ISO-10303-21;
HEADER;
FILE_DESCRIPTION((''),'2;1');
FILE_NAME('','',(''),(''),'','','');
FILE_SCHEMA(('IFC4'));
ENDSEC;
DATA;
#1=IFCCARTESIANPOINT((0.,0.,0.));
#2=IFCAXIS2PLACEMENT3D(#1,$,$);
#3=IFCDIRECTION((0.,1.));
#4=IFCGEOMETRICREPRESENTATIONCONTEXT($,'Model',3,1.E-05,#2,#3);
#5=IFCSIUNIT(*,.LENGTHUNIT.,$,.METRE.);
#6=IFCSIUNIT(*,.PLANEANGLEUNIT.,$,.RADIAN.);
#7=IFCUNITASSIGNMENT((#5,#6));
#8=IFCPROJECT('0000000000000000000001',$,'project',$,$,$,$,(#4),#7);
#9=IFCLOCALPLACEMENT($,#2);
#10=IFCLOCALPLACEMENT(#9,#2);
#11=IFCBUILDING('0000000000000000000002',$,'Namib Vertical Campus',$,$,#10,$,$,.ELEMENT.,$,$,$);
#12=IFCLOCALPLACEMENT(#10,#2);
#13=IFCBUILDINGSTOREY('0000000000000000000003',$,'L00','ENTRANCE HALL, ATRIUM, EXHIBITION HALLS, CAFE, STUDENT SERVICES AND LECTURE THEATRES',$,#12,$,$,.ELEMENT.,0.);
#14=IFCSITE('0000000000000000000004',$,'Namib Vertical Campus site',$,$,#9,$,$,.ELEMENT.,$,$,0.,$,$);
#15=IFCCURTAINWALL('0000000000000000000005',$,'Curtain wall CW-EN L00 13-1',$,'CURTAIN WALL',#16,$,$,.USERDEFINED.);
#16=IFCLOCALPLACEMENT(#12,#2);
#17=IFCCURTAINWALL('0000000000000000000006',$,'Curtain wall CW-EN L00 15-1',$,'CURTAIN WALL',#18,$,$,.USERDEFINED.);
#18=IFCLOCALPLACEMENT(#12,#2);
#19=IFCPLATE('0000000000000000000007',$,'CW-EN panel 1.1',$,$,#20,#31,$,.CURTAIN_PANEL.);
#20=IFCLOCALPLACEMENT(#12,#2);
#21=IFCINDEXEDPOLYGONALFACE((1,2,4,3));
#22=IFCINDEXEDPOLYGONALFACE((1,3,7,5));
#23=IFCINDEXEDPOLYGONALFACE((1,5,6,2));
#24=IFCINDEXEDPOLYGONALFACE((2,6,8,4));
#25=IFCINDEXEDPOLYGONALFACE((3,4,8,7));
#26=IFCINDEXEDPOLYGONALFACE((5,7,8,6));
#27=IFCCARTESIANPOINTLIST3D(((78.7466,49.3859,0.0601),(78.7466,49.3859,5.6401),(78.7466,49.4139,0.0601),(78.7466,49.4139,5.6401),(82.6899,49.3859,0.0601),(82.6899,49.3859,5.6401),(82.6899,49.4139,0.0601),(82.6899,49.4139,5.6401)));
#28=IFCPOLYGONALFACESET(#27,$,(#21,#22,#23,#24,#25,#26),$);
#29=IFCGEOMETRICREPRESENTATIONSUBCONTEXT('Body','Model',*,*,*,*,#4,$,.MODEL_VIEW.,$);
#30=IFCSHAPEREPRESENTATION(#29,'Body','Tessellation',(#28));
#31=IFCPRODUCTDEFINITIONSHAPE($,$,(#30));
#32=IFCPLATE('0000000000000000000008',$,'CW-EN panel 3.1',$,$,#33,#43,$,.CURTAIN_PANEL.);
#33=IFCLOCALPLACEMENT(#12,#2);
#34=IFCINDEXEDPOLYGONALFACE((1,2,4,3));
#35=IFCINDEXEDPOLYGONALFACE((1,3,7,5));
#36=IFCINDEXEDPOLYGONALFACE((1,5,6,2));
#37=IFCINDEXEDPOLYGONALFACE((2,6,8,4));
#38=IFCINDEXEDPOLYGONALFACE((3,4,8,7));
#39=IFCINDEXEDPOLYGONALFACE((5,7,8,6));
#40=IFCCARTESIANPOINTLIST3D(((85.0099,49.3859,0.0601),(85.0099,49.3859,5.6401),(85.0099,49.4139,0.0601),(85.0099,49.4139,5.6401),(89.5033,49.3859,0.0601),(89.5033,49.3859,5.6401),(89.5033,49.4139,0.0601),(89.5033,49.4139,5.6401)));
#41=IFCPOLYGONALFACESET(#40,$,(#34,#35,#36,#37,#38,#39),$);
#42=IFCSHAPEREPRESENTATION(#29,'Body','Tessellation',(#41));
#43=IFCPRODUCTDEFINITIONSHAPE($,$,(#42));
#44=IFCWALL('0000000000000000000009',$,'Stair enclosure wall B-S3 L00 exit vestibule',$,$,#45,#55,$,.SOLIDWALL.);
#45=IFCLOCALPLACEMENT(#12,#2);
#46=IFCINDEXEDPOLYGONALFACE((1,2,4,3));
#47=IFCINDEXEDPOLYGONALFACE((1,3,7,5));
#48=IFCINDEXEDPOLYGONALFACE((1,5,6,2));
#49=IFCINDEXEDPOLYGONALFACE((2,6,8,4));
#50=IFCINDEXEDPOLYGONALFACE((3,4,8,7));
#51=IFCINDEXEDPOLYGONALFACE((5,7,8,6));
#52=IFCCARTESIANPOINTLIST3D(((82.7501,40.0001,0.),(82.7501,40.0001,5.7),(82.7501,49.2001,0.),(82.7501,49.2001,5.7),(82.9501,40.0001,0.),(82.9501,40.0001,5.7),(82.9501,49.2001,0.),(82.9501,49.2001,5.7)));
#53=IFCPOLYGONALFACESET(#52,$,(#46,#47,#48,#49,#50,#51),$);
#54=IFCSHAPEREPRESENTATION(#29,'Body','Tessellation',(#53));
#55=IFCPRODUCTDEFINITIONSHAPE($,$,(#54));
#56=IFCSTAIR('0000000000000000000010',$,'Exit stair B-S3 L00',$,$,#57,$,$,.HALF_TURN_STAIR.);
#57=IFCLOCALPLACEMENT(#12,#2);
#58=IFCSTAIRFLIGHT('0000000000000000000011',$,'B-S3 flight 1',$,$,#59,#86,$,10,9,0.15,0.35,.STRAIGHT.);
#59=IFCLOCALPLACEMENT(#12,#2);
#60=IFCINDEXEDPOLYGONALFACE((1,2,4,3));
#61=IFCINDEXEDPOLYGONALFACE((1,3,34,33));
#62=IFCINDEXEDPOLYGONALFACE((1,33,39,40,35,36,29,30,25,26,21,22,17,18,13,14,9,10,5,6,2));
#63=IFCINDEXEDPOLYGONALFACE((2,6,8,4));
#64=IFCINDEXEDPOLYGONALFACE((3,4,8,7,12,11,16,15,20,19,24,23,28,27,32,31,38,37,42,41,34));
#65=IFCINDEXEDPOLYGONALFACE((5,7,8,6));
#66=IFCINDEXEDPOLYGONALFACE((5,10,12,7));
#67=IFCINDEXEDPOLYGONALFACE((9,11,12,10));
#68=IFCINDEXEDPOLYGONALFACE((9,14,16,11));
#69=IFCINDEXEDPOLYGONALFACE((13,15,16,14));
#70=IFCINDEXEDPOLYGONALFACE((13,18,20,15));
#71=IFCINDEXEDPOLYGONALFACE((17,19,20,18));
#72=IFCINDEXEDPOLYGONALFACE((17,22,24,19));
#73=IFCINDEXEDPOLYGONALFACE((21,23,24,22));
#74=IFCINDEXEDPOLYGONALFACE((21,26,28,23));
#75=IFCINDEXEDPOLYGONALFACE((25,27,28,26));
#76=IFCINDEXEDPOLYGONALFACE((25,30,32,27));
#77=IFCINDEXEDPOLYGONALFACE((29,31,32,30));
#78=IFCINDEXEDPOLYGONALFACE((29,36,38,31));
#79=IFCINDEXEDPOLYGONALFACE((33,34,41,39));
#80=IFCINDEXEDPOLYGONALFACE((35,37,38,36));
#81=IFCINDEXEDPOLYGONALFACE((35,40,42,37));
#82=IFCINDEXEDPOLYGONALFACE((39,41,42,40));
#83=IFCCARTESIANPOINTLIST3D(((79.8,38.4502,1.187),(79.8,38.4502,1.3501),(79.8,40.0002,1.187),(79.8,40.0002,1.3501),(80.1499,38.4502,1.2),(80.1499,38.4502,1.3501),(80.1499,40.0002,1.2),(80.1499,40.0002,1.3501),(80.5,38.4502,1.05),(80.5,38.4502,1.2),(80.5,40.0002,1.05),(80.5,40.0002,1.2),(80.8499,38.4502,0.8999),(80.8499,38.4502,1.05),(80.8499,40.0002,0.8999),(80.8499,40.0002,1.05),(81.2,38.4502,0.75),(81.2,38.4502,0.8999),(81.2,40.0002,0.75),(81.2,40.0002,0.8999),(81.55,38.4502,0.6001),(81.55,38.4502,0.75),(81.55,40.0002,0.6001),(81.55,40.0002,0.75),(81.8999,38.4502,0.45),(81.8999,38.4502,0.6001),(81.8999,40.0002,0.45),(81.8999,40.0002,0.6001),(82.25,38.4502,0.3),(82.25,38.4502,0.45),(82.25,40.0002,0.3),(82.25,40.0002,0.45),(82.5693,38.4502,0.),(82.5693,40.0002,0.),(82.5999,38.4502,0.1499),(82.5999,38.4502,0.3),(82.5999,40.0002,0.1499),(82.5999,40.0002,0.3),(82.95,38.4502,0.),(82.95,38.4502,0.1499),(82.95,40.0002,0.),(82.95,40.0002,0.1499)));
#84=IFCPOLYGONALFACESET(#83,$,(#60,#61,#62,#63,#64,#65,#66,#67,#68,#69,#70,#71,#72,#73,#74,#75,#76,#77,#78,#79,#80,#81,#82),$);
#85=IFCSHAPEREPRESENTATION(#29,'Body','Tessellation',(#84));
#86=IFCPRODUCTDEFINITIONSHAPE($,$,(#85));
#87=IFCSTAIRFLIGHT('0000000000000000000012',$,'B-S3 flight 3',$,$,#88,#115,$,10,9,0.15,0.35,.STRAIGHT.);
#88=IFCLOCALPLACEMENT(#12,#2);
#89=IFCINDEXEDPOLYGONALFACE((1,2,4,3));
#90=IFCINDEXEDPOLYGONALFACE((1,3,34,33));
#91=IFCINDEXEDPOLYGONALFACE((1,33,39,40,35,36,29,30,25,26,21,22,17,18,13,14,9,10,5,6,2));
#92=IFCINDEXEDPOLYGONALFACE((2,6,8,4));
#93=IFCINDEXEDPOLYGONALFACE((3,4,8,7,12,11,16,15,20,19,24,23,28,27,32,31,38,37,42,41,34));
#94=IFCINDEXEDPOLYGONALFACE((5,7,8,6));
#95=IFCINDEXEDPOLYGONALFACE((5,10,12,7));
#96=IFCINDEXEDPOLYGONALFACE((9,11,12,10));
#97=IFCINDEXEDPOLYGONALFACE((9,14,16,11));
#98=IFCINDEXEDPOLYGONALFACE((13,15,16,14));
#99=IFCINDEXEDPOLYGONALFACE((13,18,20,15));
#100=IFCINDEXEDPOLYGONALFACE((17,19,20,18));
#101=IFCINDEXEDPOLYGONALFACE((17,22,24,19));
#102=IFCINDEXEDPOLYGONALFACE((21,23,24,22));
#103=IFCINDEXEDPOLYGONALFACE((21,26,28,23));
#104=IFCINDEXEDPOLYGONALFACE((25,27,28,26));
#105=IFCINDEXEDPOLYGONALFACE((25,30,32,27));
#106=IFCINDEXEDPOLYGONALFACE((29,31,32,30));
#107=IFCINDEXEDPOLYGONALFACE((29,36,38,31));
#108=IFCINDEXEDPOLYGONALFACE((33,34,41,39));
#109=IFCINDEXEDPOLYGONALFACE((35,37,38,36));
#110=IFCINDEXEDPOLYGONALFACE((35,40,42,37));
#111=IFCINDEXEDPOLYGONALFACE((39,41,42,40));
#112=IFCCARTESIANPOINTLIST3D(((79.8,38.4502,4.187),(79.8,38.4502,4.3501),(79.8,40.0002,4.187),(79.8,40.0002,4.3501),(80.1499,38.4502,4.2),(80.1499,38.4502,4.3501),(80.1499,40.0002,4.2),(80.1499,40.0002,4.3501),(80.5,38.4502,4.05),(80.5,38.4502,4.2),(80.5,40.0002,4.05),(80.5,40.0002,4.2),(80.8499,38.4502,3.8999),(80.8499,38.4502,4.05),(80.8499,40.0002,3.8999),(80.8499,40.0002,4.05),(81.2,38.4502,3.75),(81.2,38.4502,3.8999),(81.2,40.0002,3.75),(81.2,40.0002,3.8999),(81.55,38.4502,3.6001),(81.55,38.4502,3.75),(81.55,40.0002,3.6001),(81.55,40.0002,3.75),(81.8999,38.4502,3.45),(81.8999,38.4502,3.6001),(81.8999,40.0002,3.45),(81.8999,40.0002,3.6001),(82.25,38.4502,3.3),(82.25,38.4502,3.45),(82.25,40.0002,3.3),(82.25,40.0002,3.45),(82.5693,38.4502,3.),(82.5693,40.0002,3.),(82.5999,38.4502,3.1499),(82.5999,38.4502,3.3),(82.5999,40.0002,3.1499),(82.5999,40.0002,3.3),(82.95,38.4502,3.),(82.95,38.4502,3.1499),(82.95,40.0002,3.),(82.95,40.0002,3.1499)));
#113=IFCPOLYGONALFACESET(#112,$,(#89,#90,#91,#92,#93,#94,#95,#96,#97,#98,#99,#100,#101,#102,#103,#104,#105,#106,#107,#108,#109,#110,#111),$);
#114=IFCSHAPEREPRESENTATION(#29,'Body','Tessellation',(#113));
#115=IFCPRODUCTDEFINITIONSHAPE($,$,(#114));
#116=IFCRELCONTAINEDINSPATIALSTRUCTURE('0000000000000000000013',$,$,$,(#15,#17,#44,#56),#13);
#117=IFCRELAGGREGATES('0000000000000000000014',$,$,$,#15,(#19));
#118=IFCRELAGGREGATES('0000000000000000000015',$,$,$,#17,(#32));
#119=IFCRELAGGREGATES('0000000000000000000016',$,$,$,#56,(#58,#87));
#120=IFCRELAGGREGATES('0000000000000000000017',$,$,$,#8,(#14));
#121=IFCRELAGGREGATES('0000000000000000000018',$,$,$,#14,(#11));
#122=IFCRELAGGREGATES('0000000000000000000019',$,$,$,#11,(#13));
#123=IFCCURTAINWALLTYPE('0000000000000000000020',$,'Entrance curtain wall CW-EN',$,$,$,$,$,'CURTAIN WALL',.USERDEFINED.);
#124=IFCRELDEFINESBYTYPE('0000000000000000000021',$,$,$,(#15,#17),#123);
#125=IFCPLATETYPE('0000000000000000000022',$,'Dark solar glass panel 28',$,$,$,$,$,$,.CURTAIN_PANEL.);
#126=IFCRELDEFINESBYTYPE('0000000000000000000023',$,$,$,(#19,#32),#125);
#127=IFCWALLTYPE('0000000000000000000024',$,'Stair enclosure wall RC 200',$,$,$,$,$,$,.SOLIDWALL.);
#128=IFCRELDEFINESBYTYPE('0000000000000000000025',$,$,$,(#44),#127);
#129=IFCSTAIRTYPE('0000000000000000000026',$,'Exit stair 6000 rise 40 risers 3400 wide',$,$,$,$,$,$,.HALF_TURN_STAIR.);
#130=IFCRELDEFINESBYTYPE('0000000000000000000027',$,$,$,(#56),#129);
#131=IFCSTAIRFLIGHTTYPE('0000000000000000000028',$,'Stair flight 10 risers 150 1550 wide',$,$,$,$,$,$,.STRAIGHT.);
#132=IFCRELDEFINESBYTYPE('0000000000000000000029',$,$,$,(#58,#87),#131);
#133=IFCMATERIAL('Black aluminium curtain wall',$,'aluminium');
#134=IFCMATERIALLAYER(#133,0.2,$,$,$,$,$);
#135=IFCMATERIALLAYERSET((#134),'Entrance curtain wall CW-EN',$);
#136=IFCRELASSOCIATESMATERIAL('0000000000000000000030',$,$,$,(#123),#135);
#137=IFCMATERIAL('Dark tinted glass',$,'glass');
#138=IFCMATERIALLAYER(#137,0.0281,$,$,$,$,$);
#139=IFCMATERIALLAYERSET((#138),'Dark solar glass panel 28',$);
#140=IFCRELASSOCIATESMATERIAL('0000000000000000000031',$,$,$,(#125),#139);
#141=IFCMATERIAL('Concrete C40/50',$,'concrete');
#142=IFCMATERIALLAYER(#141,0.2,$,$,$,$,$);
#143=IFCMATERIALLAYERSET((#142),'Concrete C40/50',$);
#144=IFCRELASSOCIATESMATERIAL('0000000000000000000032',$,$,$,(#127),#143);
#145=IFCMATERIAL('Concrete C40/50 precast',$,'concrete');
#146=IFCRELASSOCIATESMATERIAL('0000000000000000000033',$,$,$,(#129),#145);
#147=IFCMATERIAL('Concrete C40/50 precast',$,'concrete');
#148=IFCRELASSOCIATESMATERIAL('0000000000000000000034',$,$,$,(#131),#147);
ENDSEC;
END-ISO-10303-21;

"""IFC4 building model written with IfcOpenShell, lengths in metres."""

from ifc_helpers import new_model, si_unit, direction, frame, frame_2d, origin, origin_2d, place, context, subcontext, project, spatial, polyline, rectangle, outline, extrude, material, layer, layer_set, type_object, element, aggregate, save


model = new_model("IFC4")

# Units and contexts
model_context = context("Model", 3, precision=1e-05, world=origin(), true_north=direction((0.0, 1.0)))
body_context = subcontext(model_context, "Body", "Model", "MODEL_VIEW")
ifc_project = project(units=[si_unit("LENGTHUNIT", "METRE"), si_unit("PLANEANGLEUNIT", "RADIAN")], contexts=[model_context])

# Site, building, storey
site_placement = place(None, origin())
site = spatial("IfcSite", under=ifc_project, at=site_placement, Name="Namib Vertical Campus site", CompositionType="ELEMENT", RefElevation=0.0)
building_placement = place(site_placement, origin())
building = spatial("IfcBuilding", under=site, at=building_placement, Name="Namib Vertical Campus", CompositionType="ELEMENT")
storey_placement = place(building_placement, origin())
storey = spatial("IfcBuildingStorey", under=building, at=storey_placement, Name="L00", Description="ENTRANCE HALL, ATRIUM, EXHIBITION HALLS, CAFE, STUDENT SERVICES AND LECTURE THEATRES", CompositionType="ELEMENT", Elevation=0.0)

# Curtain wall
ifc_material_1 = material(Name="Black aluminium curtain wall", Category="aluminium")
ifc_layer_1 = layer(ifc_material_1, 0.2)
ifc_layer_set_1 = layer_set([ifc_layer_1], Name="Entrance curtain wall CW-EN")
curtain_wall_type = type_object("IfcCurtainWallType", Name="Entrance curtain wall CW-EN", ElementType="CURTAIN WALL", PredefinedType="USERDEFINED", material=ifc_layer_set_1)
curtain_wall_1_placement = place(storey_placement, origin())
curtain_wall_1 = element("IfcCurtainWall", 1, at=curtain_wall_1_placement, inside=storey, type_object=curtain_wall_type, Name="Curtain wall CW-EN L00 13-1", ObjectType="CURTAIN WALL", PredefinedType="USERDEFINED")

# Curtain wall
curtain_wall_2_placement = place(storey_placement, origin())
curtain_wall_2 = element("IfcCurtainWall", 2, at=curtain_wall_2_placement, inside=storey, type_object=curtain_wall_type, Name="Curtain wall CW-EN L00 15-1", ObjectType="CURTAIN WALL", PredefinedType="USERDEFINED")

# Plates
ifc_material_2 = material(Name="Dark tinted glass", Category="glass")
ifc_layer_2 = layer(ifc_material_2, 0.0281)
ifc_layer_set_2 = layer_set([ifc_layer_2], Name="Dark solar glass panel 28")
plate_type = type_object("IfcPlateType", Name="Dark solar glass panel 28", PredefinedType="CURTAIN_PANEL", material=ifc_layer_set_2)
plate_1_placement = place(storey_placement, frame((80.7183, 49.3999, 0.0601), z_axis=(0.0, 0.0, 1.0), x_axis=(-1.0, 0.0, 0.0)))
plate_1 = element("IfcPlate", 3, at=plate_1_placement, type_object=plate_type, Name="CW-EN panel 1.1", PredefinedType="CURTAIN_PANEL", context=body_context, shape_type="SweptSolid", body=[
    extrude(rectangle(XDim=3.9434, YDim=0.0281, at=origin_2d()), origin(), (0.0, 0.0, 1.0), 5.5801),
])
aggregate(curtain_wall_1, [plate_1])
plate_2_placement = place(storey_placement, frame((87.2566, 49.3999, 0.0601), z_axis=(0.0, 0.0, 1.0), x_axis=(-1.0, 0.0, 0.0)))
plate_2 = element("IfcPlate", 4, at=plate_2_placement, type_object=plate_type, Name="CW-EN panel 3.1", PredefinedType="CURTAIN_PANEL", context=body_context, shape_type="SweptSolid", body=[
    extrude(rectangle(XDim=4.4934, YDim=0.0281, at=origin_2d()), origin(), (0.0, 0.0, 1.0), 5.5801),
])
aggregate(curtain_wall_2, [plate_2])

# Wall
ifc_material_3 = material(Name="Concrete C40/50", Category="concrete")
ifc_layer_3 = layer(ifc_material_3, 0.2)
ifc_layer_set_3 = layer_set([ifc_layer_3], Name="Concrete C40/50")
wall_type_1 = type_object("IfcWallType", Name="Stair enclosure wall RC 200", PredefinedType="SOLIDWALL", material=ifc_layer_set_3)
wall_1_placement = place(storey_placement, frame((82.8501, 40.0, 0.0), z_axis=(0.0, 0.0, 1.0), x_axis=(0.0, 1.0, 0.0)))
element("IfcWall", 5, at=wall_1_placement, inside=storey, type_object=wall_type_1, Name="Stair enclosure wall B-S3 L00 exit vestibule", PredefinedType="SOLIDWALL", context=body_context, shape_type="SweptSolid", body=[
    extrude(rectangle(XDim=9.2, YDim=0.2, at=frame_2d((4.6001, 0.0))), origin(), (0.0, 0.0, 1.0), 5.7),
])

# Stair, stair flights
ifc_material_4 = material(Name="Concrete C40/50 precast", Category="concrete")
stair_type = type_object("IfcStairType", Name="Exit stair 6000 rise 40 risers 3400 wide", PredefinedType="HALF_TURN_STAIR", material=ifc_material_4)
stair_placement = place(storey_placement, origin())
stair = element("IfcStair", 6, at=stair_placement, inside=storey, type_object=stair_type, Name="Exit stair B-S3 L00", PredefinedType="HALF_TURN_STAIR")
ifc_material_5 = material(Name="Concrete C40/50 precast", Category="concrete")
stair_flight_type = type_object("IfcStairFlightType", Name="Stair flight 10 risers 150 1550 wide", PredefinedType="STRAIGHT", material=ifc_material_5)
stair_flight_1_placement = place(storey_placement, frame((82.95, 39.2251, 0.0), z_axis=(0.0, 0.0, 1.0), x_axis=(-1.0, 0.0, 0.0)))
stair_flight_1 = element("IfcStairFlight", 7, at=stair_flight_1_placement, type_object=stair_flight_type, Name="B-S3 flight 1", NumberOfRisers=10, NumberOfTreads=9, PredefinedType="STRAIGHT", RiserHeight=0.15, TreadLength=0.35, context=body_context, shape_type="SweptSolid", body=[
    extrude(outline(polyline([(0.0, 0.0), (0.0, 0.1499), (0.3501, 0.1499), (0.3501, 0.3), (0.7, 0.3), (0.7, 0.45), (1.05, 0.45), (1.05, 0.6001), (1.3999, 0.6001), (1.3999, 0.75), (1.75, 0.75), (1.75, 0.8999), (2.1001, 0.8999), (2.1001, 1.05), (2.45, 1.05), (2.45, 1.2), (2.8, 1.2), (2.8, 1.3501), (3.1499, 1.3501), (3.1499, 1.5), (3.1499, 1.187), (0.3806, 0.0), (0.0, 0.0)])), frame((0.0, 0.7749, 0.0), z_axis=(0.0, -1.0, 0.0), x_axis=(1.0, 0.0, 0.0)), (0.0, 0.0, 1.0), 1.55),
])
stair_flight_2_placement = place(storey_placement, frame((82.95, 39.2251, 3.0), z_axis=(0.0, 0.0, 1.0), x_axis=(-1.0, 0.0, 0.0)))
stair_flight_2 = element("IfcStairFlight", 8, at=stair_flight_2_placement, type_object=stair_flight_type, Name="B-S3 flight 3", NumberOfRisers=10, NumberOfTreads=9, PredefinedType="STRAIGHT", RiserHeight=0.15, TreadLength=0.35, context=body_context, shape_type="SweptSolid", body=[
    extrude(outline(polyline([(0.0, 0.0), (0.0, 0.1499), (0.3501, 0.1499), (0.3501, 0.3), (0.7, 0.3), (0.7, 0.45), (1.05, 0.45), (1.05, 0.6001), (1.3999, 0.6001), (1.3999, 0.75), (1.75, 0.75), (1.75, 0.8999), (2.1001, 0.8999), (2.1001, 1.05), (2.45, 1.05), (2.45, 1.2), (2.8, 1.2), (2.8, 1.3501), (3.1499, 1.3501), (3.1499, 1.5), (3.1499, 1.187), (0.3806, 0.0), (0.0, 0.0)])), frame((0.0, 0.7749, 0.0), z_axis=(0.0, -1.0, 0.0), x_axis=(1.0, 0.0, 0.0)), (0.0, 0.0, 1.0), 1.55),
])
aggregate(stair, [stair_flight_1, stair_flight_2])

save(model, "model.ifc")
